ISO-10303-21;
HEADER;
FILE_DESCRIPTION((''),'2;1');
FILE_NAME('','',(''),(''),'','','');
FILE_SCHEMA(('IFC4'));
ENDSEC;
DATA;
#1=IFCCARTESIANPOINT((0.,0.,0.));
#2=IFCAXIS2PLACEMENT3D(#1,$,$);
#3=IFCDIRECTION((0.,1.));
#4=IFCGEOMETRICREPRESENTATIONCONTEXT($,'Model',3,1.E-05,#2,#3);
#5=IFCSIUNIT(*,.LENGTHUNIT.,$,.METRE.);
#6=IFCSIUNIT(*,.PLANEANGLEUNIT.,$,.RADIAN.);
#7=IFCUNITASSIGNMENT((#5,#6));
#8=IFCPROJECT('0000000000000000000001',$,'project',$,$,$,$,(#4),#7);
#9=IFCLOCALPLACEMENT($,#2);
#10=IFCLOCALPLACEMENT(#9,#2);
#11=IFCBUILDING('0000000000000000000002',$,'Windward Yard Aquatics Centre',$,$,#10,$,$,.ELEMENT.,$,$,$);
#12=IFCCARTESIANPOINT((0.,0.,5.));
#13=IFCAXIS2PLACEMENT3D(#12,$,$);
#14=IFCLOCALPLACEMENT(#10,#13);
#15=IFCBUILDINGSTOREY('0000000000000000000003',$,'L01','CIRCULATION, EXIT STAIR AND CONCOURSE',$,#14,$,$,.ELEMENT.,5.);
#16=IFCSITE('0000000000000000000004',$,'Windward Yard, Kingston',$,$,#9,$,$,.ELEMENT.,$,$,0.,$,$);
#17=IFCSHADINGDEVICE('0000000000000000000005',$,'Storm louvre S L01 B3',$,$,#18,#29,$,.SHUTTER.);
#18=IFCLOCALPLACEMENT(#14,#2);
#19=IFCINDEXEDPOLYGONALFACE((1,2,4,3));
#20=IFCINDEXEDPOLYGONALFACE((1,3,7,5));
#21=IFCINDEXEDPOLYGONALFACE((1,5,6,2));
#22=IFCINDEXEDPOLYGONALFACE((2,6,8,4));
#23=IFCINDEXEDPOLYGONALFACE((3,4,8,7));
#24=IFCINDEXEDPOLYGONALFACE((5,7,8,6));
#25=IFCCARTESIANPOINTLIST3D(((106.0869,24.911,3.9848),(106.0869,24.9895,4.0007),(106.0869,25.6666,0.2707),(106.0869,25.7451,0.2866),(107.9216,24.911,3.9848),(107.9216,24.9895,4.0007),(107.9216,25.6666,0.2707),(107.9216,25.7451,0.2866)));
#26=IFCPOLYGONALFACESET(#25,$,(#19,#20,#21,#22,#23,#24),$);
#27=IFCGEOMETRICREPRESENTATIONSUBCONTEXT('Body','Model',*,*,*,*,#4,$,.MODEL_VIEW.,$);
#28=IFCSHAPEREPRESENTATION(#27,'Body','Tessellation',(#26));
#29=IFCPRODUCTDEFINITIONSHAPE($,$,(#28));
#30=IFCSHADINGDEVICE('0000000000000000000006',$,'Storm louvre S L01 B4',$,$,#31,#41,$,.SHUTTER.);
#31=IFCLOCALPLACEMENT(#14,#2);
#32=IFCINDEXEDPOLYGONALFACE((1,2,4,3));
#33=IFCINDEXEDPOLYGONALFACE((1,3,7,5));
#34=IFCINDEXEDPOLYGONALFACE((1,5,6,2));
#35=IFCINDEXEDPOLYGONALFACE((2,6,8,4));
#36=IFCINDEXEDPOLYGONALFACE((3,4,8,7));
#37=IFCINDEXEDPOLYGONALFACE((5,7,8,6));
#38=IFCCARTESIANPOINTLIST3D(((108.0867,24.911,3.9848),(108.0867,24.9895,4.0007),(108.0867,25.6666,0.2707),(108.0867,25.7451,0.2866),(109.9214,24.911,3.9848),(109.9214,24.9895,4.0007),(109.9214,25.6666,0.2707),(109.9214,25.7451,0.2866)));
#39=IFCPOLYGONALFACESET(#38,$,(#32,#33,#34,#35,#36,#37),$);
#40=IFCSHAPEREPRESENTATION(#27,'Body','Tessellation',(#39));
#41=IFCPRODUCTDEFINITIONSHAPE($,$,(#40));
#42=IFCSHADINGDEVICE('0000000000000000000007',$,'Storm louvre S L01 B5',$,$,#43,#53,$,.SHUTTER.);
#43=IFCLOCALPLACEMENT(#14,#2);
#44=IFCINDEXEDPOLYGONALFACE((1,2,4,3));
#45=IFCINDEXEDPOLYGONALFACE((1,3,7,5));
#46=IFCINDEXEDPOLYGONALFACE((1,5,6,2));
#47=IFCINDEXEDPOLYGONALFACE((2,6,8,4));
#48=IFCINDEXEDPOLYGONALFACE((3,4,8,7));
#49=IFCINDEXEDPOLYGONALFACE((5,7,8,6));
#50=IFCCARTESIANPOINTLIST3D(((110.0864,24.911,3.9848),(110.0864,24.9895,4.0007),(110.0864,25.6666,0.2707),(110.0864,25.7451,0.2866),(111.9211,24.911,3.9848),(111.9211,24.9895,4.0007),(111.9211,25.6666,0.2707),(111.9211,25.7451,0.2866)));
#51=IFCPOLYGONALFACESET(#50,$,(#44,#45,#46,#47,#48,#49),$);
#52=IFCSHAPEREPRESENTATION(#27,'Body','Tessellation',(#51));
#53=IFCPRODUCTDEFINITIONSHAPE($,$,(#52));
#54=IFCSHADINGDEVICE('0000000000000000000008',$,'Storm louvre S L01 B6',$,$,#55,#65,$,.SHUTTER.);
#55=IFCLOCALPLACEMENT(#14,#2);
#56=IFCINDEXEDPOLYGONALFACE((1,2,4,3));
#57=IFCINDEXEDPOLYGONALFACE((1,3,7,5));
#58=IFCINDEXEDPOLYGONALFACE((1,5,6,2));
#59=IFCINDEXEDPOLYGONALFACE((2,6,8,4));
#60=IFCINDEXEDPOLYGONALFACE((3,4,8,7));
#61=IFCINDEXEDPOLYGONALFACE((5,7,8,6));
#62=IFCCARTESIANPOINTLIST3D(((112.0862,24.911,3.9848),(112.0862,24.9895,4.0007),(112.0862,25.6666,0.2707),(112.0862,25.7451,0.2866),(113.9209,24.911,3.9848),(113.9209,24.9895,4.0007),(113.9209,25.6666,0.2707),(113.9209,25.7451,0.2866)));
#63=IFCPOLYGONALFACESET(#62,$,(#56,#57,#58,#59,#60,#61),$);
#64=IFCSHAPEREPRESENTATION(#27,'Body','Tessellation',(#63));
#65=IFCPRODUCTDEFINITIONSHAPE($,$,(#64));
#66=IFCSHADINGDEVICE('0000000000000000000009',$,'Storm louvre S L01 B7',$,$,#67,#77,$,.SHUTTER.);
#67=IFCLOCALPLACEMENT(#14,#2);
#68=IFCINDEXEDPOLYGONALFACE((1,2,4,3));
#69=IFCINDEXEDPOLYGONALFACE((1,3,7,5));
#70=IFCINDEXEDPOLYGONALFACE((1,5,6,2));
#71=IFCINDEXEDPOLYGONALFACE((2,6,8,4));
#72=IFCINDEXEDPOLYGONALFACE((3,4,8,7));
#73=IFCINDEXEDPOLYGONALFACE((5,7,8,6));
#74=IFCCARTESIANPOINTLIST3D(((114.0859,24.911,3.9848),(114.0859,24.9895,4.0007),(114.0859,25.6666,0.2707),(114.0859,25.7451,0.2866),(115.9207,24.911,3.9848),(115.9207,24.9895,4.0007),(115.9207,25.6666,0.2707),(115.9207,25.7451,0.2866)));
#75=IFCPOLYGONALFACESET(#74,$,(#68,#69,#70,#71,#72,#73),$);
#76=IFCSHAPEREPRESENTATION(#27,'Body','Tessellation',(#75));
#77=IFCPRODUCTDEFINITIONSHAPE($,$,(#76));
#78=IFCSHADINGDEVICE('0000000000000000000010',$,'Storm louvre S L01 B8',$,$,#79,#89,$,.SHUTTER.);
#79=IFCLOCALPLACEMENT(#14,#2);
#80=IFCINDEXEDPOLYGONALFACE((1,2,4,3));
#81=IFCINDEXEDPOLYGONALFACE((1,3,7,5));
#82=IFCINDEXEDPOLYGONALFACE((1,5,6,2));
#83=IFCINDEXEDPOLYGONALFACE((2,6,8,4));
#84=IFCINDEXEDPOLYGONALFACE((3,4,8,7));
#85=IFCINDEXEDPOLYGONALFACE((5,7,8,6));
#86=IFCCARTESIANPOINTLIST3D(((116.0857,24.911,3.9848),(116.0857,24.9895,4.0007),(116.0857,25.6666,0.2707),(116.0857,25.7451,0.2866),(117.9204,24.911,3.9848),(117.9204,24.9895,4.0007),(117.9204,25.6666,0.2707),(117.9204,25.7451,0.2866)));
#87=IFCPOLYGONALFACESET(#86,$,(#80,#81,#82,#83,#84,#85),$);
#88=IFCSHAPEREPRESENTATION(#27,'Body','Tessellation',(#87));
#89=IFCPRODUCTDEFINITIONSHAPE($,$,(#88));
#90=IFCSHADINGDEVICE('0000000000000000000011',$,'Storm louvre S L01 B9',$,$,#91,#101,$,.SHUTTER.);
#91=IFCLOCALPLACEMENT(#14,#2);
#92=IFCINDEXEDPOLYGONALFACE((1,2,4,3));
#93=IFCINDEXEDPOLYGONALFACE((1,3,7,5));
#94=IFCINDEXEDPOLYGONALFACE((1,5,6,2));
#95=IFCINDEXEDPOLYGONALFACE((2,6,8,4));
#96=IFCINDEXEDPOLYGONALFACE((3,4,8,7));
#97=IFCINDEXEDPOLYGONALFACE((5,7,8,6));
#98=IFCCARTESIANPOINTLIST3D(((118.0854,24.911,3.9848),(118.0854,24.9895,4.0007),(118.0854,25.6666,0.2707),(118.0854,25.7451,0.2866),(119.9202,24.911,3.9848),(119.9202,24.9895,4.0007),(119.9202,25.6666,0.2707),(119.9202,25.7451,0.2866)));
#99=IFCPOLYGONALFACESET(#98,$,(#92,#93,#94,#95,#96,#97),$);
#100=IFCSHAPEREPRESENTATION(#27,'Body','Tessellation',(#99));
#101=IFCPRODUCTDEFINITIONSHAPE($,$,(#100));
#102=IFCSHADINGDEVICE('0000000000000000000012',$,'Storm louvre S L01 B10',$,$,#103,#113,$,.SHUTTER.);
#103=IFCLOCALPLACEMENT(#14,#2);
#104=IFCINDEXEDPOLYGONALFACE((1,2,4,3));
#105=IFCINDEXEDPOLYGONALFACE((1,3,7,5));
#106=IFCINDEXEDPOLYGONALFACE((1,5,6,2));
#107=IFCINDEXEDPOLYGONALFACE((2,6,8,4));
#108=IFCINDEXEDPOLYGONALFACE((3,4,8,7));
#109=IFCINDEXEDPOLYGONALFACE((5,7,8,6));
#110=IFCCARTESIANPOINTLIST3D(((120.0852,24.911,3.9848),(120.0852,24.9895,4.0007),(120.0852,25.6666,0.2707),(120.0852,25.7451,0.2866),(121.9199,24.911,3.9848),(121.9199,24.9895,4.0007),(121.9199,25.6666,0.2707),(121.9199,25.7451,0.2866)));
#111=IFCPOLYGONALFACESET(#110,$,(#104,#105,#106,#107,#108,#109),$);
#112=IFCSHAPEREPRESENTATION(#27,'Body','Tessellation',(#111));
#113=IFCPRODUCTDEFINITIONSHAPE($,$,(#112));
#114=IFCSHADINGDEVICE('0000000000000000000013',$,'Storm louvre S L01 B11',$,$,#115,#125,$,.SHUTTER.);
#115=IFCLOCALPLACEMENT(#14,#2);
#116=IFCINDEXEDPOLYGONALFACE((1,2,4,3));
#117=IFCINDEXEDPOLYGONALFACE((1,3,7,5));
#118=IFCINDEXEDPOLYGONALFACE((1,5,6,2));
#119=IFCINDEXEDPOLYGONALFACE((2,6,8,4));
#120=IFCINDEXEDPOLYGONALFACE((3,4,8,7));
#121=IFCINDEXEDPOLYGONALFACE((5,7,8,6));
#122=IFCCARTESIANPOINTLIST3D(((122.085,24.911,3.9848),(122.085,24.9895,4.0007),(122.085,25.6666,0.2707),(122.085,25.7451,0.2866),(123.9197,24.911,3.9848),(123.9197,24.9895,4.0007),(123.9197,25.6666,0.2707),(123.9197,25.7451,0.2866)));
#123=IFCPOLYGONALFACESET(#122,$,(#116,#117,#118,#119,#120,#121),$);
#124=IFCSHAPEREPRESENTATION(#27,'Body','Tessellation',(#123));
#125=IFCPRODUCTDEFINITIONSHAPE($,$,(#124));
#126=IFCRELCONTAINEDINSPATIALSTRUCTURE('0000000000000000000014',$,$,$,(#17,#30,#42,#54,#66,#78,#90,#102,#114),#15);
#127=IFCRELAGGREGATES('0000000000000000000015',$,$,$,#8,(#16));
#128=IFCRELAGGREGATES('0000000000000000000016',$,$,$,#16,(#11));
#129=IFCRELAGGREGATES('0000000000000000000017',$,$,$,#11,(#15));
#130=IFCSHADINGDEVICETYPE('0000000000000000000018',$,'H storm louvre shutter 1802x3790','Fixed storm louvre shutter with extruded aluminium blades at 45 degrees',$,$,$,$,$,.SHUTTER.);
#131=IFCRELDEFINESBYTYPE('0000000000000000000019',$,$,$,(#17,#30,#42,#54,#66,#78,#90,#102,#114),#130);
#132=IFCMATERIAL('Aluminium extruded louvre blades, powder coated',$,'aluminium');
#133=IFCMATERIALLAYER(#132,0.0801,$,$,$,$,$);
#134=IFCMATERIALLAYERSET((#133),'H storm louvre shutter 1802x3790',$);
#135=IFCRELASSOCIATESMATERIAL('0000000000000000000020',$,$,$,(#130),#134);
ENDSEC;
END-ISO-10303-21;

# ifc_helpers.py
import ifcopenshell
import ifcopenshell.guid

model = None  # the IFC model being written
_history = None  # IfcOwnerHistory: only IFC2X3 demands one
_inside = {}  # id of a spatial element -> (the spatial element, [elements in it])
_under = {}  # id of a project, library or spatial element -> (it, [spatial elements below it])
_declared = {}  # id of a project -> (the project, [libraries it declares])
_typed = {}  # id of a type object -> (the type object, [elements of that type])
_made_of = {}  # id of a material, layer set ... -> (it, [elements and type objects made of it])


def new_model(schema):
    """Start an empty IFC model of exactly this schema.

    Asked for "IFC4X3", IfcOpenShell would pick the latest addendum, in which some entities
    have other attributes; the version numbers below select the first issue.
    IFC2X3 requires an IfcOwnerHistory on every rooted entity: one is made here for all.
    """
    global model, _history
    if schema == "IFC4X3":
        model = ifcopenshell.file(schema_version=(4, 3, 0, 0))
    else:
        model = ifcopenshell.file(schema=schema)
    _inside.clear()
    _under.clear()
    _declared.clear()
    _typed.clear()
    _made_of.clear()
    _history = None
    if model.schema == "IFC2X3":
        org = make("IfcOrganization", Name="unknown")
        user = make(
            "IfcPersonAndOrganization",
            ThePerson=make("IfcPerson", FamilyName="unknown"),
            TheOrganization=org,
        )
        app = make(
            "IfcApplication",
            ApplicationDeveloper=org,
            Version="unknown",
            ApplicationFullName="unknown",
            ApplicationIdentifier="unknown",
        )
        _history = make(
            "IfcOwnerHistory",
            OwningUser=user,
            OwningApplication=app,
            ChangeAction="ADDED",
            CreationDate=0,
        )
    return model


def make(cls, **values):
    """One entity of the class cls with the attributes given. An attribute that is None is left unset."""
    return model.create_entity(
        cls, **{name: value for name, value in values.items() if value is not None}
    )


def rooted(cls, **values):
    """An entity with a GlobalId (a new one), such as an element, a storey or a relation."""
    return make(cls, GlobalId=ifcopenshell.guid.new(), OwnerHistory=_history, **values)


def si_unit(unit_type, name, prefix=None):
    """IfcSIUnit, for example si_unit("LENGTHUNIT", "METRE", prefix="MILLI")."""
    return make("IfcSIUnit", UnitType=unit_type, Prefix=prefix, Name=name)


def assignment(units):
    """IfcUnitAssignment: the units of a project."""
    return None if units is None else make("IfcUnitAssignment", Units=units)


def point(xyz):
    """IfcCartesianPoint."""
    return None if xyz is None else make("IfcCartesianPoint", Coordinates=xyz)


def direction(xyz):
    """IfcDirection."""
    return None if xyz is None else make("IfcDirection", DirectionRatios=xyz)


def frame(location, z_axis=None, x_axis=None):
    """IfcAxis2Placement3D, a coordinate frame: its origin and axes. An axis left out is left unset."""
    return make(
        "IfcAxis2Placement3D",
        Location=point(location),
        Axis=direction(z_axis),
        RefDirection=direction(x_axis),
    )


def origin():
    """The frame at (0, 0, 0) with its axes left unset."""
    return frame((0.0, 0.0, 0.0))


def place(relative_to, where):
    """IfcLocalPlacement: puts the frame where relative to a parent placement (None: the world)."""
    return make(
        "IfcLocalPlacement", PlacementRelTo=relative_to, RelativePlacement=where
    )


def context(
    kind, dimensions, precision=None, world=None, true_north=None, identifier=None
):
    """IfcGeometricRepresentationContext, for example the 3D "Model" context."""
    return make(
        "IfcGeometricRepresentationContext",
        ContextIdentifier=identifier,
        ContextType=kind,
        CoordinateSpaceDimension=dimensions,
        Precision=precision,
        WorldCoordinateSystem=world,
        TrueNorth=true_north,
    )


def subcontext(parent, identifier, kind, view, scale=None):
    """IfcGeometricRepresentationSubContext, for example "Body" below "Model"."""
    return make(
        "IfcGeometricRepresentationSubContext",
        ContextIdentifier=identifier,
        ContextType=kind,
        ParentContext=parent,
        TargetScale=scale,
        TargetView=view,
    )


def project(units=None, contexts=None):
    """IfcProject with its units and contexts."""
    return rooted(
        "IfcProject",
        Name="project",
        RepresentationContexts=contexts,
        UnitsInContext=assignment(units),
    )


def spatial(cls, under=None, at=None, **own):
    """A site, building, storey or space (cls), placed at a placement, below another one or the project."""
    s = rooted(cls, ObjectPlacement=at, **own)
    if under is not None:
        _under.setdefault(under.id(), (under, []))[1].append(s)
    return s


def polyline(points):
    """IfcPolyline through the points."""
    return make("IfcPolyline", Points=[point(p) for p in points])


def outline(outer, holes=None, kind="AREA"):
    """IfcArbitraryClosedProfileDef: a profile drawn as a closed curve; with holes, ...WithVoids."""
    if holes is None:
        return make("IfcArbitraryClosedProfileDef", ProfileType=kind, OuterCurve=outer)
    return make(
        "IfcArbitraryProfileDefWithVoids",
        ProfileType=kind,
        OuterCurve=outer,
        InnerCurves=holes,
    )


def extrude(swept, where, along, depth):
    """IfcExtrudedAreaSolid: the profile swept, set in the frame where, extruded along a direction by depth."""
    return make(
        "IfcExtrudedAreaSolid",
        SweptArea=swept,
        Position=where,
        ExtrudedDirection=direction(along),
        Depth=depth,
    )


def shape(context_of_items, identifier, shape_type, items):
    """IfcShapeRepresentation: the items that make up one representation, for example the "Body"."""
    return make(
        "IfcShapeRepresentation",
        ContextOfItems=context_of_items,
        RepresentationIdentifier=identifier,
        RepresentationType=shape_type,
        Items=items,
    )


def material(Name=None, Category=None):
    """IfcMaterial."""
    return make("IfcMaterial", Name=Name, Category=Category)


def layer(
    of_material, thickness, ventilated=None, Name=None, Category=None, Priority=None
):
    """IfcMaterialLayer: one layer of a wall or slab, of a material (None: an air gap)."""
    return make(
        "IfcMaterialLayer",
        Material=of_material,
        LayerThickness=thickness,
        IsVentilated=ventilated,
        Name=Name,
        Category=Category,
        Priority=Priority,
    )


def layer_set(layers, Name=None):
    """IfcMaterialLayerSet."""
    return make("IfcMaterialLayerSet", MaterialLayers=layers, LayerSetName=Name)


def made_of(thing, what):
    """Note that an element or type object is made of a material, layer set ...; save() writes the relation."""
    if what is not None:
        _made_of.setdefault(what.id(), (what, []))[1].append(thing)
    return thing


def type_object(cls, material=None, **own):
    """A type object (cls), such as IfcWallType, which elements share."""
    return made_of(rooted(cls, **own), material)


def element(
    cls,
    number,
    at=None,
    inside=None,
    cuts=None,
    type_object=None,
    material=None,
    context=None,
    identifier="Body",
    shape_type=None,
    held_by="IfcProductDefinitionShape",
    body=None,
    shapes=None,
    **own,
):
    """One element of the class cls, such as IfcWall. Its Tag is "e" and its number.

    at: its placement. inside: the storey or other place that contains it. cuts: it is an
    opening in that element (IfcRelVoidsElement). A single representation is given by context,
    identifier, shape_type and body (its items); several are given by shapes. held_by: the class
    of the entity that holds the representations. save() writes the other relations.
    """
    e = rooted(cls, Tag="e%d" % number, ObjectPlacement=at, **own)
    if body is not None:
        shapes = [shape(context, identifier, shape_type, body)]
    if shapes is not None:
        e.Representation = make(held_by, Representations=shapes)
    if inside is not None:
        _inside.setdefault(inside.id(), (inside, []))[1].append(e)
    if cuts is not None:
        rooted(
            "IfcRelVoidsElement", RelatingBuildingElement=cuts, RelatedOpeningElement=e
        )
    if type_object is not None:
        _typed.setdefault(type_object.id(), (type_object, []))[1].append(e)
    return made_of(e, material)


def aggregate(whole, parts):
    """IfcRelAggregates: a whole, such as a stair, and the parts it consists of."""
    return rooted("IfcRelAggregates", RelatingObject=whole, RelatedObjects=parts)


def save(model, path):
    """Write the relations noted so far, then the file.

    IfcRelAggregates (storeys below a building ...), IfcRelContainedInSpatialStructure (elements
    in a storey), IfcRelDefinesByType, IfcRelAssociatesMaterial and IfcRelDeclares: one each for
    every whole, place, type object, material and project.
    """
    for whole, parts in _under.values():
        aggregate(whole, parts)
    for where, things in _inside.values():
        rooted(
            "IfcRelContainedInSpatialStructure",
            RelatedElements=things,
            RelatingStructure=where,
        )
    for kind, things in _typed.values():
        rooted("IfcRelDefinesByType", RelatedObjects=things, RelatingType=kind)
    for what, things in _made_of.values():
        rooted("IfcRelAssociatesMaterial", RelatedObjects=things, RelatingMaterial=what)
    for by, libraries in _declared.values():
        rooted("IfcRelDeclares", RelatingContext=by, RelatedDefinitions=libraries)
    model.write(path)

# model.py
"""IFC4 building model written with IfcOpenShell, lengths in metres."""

from ifc_helpers import new_model, si_unit, direction, frame, origin, place, context, subcontext, project, spatial, polyline, outline, extrude, material, layer, layer_set, type_object, element, save


model = new_model("IFC4")

# Units and contexts
model_context = context("Model", 3, precision=1e-05, world=origin(), true_north=direction((0.0, 1.0)))
body_context = subcontext(model_context, "Body", "Model", "MODEL_VIEW")
ifc_project = project(units=[si_unit("LENGTHUNIT", "METRE"), si_unit("PLANEANGLEUNIT", "RADIAN")], contexts=[model_context])

# Site, building, storey
site_placement = place(None, origin())
site = spatial("IfcSite", under=ifc_project, at=site_placement, Name="Windward Yard, Kingston", CompositionType="ELEMENT", RefElevation=0.0)
building_placement = place(site_placement, origin())
building = spatial("IfcBuilding", under=site, at=building_placement, Name="Windward Yard Aquatics Centre", CompositionType="ELEMENT")
storey_placement = place(building_placement, frame((0.0, 0.0, 5.0)))
storey = spatial("IfcBuildingStorey", under=building, at=storey_placement, Name="L01", Description="CIRCULATION, EXIT STAIR AND CONCOURSE", CompositionType="ELEMENT", Elevation=5.0)

# Shading devices
ifc_material_1 = material(Name="Aluminium extruded louvre blades, powder coated", Category="aluminium")
ifc_layer_1 = layer(ifc_material_1, 0.0801)
ifc_layer_set_1 = layer_set([ifc_layer_1], Name="H storm louvre shutter 1802x3790")
shading_device_type = type_object("IfcShadingDeviceType", Name="H storm louvre shutter 1802x3790", Description="Fixed storm louvre shutter with extruded aluminium blades at 45 degrees", PredefinedType="SHUTTER", material=ifc_layer_set_1)
for number, where, z_axis, x_axis, name in (
    (1, (106.0869, 24.9895, 4.0007), (0.0, 0.979926, 0.199361), (0.0, 0.199361, -0.979926), "Storm louvre S L01 B3"),
    (2, (108.0867, 24.9895, 4.0007), (0.0, 0.979926, 0.199361), (0.0, 0.199361, -0.979926), "Storm louvre S L01 B4"),
    (3, (110.0864, 24.9895, 4.0007), (0.0, 0.979926, 0.199361), (0.0, 0.199361, -0.979926), "Storm louvre S L01 B5"),
    (4, (112.0862, 24.9895, 4.0007), (0.0, 0.979926, 0.199361), (0.0, 0.199361, -0.979926), "Storm louvre S L01 B6"),
    (5, (114.0859, 24.9895, 4.0007), (0.0, 0.979926, 0.199361), (0.0, 0.199361, -0.979926), "Storm louvre S L01 B7"),
    (6, (116.0857, 24.9895, 4.0007), (0.0, 0.979926, 0.199361), (0.0, 0.199361, -0.979926), "Storm louvre S L01 B8"),
    (7, (118.0854, 24.9895, 4.0007), (0.0, 0.979926, 0.199361), (0.0, 0.199361, -0.979926), "Storm louvre S L01 B9"),
    (8, (120.0852, 24.9895, 4.0007), (0.0, 0.979926, 0.199361), (0.0, 0.199361, -0.979926), "Storm louvre S L01 B10"),
    (9, (122.085, 24.9895, 4.0007), (0.0, 0.979926, 0.199361), (0.0, 0.199361, -0.979926), "Storm louvre S L01 B11"),
):
    element("IfcShadingDevice", number, at=place(storey_placement, frame(where, z_axis=z_axis, x_axis=x_axis)), inside=storey, type_object=shading_device_type, Name=name, PredefinedType="SHUTTER", context=body_context, shape_type="SweptSolid", body=[
        extrude(outline(polyline([(0.0, 0.0), (3.7902, 0.0), (3.7902, -1.8347), (0.0, -1.8347), (0.0, 0.0)])), origin(), (0.0, 0.0, -1.0), 0.0801),
    ])

save(model, "model.ifc")
